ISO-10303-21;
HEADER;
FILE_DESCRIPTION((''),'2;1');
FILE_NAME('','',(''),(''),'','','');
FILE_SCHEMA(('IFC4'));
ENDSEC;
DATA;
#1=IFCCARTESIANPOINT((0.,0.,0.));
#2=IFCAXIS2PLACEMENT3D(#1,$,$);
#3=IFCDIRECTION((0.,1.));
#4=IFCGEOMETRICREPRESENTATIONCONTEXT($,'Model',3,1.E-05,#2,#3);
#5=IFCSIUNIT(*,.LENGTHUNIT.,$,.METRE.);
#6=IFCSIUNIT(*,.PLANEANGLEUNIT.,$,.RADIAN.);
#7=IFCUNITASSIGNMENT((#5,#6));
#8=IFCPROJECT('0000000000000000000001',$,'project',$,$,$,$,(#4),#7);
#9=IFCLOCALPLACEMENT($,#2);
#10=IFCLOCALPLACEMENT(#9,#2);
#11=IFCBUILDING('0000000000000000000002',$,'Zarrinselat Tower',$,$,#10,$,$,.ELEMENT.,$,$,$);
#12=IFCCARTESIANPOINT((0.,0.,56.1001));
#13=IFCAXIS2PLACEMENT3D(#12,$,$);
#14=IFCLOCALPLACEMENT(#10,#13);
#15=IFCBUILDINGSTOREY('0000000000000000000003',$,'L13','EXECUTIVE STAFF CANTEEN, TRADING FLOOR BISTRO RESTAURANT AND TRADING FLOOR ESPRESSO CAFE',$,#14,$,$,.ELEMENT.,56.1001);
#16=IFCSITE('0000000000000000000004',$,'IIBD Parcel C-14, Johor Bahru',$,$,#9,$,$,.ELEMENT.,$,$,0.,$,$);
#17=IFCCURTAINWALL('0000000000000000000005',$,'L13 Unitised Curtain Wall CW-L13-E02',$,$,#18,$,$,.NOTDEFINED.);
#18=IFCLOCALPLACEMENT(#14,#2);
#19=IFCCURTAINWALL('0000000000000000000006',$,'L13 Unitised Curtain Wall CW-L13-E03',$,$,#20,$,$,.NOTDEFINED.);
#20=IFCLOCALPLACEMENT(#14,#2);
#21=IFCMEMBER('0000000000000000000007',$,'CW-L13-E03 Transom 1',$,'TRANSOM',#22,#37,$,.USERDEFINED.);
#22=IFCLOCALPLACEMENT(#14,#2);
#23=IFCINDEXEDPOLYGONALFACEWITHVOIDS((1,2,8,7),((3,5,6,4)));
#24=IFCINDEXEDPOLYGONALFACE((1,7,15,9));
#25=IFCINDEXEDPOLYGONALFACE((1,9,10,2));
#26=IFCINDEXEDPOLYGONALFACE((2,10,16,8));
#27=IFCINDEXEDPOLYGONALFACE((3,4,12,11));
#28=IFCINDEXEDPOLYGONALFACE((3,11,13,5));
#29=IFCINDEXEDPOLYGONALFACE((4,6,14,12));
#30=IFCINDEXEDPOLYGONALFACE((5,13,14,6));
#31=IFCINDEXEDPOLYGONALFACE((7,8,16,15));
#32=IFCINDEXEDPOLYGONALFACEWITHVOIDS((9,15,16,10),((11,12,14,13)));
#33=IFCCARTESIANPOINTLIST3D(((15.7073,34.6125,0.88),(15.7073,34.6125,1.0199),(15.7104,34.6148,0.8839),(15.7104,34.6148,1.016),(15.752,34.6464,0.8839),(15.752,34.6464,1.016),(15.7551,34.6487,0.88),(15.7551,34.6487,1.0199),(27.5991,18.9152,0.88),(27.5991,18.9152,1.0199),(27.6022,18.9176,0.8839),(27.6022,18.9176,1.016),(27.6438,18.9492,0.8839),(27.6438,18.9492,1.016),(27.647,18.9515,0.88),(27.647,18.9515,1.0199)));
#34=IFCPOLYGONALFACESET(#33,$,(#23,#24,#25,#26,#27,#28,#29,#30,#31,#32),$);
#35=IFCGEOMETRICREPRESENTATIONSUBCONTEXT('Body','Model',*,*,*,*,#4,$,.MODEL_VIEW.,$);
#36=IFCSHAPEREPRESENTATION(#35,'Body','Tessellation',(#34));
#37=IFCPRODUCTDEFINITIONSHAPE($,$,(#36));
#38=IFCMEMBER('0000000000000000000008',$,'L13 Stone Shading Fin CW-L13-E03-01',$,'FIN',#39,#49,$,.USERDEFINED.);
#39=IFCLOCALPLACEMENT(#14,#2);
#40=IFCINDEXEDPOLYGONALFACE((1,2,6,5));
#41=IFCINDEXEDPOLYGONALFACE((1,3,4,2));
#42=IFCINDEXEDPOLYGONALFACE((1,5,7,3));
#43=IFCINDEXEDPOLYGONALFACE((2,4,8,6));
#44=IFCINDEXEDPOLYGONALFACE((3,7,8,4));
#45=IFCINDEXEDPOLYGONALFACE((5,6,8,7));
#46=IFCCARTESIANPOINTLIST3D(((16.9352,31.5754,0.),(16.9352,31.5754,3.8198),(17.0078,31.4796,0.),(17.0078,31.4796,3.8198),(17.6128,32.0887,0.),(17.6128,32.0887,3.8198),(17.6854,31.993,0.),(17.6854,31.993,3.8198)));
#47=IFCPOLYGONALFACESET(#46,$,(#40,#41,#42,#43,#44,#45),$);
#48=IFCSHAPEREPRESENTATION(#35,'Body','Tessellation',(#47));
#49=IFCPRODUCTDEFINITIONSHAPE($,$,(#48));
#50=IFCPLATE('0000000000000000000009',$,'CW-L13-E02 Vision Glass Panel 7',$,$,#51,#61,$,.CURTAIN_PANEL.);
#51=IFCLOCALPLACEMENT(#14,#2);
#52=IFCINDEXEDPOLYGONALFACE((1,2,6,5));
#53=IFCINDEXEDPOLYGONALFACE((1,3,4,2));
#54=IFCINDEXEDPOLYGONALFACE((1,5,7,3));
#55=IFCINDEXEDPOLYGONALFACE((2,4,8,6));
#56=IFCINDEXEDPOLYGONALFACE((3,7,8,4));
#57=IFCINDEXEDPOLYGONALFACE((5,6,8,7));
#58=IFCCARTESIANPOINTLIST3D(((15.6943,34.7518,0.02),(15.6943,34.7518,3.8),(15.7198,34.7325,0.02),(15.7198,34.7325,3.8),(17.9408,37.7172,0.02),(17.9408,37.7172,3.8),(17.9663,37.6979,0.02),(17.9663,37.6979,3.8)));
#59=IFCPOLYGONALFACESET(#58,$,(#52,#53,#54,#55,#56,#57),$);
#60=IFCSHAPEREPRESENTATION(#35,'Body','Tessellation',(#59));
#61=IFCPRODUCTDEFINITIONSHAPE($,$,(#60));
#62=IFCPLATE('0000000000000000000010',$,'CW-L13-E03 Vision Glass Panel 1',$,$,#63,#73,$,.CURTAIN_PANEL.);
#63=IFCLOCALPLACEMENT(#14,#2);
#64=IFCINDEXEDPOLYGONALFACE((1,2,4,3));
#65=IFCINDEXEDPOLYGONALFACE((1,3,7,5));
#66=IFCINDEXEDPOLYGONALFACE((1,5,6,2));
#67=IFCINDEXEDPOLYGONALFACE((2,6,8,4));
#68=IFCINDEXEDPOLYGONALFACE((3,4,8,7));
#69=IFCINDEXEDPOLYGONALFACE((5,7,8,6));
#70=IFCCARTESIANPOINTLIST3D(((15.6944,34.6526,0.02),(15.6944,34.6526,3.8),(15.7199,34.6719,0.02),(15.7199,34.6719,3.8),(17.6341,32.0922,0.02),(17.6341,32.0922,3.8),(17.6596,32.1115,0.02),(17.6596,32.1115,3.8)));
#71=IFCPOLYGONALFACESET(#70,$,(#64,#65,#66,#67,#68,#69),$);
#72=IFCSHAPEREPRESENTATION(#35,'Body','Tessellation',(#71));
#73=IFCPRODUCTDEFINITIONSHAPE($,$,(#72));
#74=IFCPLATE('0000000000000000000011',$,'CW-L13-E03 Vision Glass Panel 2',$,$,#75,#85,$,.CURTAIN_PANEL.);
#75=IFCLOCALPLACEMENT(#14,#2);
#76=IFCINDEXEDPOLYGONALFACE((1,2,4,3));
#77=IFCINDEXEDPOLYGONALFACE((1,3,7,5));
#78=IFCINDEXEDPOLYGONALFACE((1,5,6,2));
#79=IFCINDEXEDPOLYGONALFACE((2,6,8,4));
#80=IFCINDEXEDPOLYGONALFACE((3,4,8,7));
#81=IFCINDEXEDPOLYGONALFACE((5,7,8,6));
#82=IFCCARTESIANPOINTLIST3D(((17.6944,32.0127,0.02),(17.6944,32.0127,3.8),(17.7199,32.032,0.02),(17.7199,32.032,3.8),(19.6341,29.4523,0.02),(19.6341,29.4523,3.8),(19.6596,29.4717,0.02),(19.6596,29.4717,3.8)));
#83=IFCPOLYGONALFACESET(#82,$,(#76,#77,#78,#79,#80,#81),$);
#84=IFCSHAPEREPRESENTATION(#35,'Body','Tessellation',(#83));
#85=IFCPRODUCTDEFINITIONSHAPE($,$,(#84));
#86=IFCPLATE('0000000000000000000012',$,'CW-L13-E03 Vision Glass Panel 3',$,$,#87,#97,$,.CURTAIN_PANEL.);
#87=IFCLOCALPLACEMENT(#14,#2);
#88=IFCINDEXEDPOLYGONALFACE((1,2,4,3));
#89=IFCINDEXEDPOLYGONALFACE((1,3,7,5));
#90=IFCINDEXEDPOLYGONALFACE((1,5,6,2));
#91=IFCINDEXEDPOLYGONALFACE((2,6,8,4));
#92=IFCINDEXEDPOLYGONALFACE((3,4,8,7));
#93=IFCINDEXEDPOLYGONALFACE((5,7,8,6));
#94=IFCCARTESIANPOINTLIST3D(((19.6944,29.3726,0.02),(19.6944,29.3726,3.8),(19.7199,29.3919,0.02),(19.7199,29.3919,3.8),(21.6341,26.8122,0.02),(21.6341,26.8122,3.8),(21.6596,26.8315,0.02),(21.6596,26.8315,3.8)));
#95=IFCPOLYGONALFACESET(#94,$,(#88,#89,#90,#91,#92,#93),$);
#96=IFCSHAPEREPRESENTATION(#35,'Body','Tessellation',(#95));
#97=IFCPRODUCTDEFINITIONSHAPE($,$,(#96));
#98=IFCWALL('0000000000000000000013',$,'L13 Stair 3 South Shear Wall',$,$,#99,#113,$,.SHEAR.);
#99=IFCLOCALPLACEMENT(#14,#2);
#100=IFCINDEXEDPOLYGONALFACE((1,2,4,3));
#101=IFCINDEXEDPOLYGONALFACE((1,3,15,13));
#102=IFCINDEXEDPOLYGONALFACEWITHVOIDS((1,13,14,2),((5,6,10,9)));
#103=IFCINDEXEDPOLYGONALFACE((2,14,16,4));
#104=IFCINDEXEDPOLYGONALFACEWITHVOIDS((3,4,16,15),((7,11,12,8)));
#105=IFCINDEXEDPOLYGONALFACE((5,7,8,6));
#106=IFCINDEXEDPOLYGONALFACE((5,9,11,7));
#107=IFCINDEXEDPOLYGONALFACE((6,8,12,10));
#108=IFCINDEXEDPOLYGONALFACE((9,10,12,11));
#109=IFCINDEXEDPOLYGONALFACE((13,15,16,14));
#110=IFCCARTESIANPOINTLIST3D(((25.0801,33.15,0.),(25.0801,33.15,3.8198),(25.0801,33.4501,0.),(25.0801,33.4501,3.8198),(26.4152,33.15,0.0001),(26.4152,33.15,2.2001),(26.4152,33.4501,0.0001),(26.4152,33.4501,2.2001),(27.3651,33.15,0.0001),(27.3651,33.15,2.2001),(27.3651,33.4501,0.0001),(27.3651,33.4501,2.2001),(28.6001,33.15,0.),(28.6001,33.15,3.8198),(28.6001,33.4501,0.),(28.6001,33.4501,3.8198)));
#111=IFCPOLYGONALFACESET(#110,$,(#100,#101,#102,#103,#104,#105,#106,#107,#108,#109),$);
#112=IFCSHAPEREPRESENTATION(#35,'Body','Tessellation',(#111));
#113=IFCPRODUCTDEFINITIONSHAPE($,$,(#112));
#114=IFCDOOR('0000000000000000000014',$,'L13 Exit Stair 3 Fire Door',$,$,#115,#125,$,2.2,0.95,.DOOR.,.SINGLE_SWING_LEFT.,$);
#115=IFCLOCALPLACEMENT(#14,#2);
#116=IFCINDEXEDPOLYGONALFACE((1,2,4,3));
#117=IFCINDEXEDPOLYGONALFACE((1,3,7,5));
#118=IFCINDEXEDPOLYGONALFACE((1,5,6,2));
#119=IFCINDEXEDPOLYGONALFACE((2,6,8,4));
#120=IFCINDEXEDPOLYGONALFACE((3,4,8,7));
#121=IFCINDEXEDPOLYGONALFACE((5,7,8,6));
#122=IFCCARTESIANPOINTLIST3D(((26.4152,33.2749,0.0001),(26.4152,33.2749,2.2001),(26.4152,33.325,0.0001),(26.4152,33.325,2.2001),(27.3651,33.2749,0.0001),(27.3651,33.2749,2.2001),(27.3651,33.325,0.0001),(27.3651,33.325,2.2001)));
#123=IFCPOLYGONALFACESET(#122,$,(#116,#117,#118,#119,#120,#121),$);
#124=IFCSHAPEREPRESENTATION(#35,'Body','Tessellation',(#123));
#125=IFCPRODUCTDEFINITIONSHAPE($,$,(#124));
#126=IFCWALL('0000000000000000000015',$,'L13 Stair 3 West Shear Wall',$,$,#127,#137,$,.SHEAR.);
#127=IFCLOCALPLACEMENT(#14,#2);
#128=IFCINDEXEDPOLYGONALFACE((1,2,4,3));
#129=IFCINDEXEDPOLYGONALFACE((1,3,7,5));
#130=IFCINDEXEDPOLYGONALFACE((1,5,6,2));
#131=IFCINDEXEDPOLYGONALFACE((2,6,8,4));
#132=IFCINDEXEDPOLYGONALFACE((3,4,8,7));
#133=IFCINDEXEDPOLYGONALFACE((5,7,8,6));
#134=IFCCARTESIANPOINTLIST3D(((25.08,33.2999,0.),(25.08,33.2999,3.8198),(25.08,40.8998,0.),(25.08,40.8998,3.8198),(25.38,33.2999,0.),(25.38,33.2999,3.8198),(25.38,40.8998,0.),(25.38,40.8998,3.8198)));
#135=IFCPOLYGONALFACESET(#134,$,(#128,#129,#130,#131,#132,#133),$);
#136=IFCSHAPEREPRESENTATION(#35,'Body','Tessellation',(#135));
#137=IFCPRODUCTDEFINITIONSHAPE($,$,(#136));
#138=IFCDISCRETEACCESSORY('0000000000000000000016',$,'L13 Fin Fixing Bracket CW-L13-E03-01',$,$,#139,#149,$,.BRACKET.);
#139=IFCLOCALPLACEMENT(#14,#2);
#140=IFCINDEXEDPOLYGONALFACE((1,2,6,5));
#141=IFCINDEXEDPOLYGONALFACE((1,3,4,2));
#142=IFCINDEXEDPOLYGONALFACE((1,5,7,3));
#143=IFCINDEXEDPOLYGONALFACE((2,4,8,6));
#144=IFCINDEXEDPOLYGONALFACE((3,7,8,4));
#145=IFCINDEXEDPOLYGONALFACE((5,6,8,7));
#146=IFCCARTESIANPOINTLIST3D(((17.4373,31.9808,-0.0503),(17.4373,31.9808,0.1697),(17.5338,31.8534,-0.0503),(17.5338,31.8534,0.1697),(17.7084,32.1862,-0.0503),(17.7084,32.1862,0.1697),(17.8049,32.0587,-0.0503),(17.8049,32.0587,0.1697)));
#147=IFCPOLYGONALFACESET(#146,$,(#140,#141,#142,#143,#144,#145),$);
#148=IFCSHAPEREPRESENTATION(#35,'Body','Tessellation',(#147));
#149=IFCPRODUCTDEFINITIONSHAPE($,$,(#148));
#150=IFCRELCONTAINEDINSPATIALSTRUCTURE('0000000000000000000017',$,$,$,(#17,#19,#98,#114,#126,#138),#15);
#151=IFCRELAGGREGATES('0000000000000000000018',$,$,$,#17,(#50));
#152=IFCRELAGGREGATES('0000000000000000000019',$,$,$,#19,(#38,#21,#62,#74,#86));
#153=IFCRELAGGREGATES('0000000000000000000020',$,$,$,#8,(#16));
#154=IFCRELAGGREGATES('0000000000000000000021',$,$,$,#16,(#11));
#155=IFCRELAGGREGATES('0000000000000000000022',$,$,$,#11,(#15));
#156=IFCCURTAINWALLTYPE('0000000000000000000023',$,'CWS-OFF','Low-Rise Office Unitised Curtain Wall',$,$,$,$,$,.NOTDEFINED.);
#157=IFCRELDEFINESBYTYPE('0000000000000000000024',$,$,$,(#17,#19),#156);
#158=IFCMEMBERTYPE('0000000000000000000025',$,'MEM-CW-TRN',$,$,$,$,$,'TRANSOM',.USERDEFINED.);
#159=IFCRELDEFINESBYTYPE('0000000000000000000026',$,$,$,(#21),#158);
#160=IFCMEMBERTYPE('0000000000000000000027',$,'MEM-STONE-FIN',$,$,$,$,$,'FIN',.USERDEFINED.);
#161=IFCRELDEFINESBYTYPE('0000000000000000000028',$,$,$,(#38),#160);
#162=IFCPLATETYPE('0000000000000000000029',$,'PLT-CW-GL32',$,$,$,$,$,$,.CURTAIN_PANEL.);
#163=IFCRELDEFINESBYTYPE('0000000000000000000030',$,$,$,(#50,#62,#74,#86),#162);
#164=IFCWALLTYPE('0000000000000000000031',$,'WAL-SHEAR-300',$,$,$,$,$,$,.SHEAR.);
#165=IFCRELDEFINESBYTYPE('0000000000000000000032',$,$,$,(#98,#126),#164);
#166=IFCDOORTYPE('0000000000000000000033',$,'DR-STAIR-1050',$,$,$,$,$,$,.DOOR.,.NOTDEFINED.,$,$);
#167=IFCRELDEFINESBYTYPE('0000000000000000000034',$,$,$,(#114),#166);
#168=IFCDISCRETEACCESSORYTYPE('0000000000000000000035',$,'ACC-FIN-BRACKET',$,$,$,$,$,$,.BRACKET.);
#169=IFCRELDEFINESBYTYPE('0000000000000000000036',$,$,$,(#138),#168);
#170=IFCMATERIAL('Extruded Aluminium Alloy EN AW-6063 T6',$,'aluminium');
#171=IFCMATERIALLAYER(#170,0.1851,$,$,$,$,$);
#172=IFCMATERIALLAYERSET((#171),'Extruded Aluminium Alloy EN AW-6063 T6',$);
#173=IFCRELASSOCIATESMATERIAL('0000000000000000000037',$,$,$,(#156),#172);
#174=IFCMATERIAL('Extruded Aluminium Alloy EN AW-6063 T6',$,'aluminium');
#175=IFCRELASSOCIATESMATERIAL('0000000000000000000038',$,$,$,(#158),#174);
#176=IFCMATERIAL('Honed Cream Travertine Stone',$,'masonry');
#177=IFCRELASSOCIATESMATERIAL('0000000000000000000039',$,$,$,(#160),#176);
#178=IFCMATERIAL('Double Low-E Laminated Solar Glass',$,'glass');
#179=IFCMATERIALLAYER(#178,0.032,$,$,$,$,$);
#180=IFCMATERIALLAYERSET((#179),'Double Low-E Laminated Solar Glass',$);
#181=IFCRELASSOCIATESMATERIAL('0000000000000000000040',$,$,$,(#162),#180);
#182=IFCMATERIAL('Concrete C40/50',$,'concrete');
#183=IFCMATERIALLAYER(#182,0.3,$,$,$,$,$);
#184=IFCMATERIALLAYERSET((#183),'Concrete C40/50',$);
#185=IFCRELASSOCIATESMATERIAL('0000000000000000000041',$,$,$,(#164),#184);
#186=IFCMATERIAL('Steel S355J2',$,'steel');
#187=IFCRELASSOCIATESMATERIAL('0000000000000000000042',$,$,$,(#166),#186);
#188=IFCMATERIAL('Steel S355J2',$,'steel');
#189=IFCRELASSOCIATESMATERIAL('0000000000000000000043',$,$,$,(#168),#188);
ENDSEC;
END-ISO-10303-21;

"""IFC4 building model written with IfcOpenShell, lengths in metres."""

from ifc_helpers import new_model, si_unit, direction, frame, frame_2d, origin, origin_2d, place, context, subcontext, project, spatial, rectangle, hollow_rectangle, extrude, material, layer, layer_set, material_profile, profile_set, type_object, element, fill, aggregate, save


model = new_model("IFC4")

# Units and contexts
model_context = context("Model", 3, precision=1e-05, world=origin(), true_north=direction((0.0, 1.0)))
body_context = subcontext(model_context, "Body", "Model", "MODEL_VIEW")
ifc_project = project(units=[si_unit("LENGTHUNIT", "METRE"), si_unit("PLANEANGLEUNIT", "RADIAN")], contexts=[model_context])

# Site, building, storey
site_placement = place(None, origin())
site = spatial("IfcSite", under=ifc_project, at=site_placement, Name="IIBD Parcel C-14, Johor Bahru", CompositionType="ELEMENT", RefElevation=0.0)
building_placement = place(site_placement, origin())
building = spatial("IfcBuilding", under=site, at=building_placement, Name="Zarrinselat Tower", CompositionType="ELEMENT")
storey_placement = place(building_placement, frame((0.0, 0.0, 56.1001)))
storey = spatial("IfcBuildingStorey", under=building, at=storey_placement, Name="L13", Description="EXECUTIVE STAFF CANTEEN, TRADING FLOOR BISTRO RESTAURANT AND TRADING FLOOR ESPRESSO CAFE", CompositionType="ELEMENT", Elevation=56.1001)

# Curtain wall
ifc_material_1 = material(Name="Extruded Aluminium Alloy EN AW-6063 T6", Category="aluminium")
ifc_layer_1 = layer(ifc_material_1, 0.1851)
ifc_layer_set_1 = layer_set([ifc_layer_1], Name="Extruded Aluminium Alloy EN AW-6063 T6")
curtain_wall_type = type_object("IfcCurtainWallType", Name="CWS-OFF", Description="Low-Rise Office Unitised Curtain Wall", PredefinedType="NOTDEFINED", material=ifc_layer_set_1)
curtain_wall_1_placement = place(storey_placement, origin())
curtain_wall_1 = element("IfcCurtainWall", 1, at=curtain_wall_1_placement, inside=storey, type_object=curtain_wall_type, Name="L13 Unitised Curtain Wall CW-L13-E02", PredefinedType="NOTDEFINED")

# Curtain wall, members
curtain_wall_2_placement = place(storey_placement, origin())
curtain_wall_2 = element("IfcCurtainWall", 2, at=curtain_wall_2_placement, inside=storey, type_object=curtain_wall_type, Name="L13 Unitised Curtain Wall CW-L13-E03", PredefinedType="NOTDEFINED")
ifc_material_2 = material(Name="Extruded Aluminium Alloy EN AW-6063 T6", Category="aluminium")
ifc_material_profile_1 = material_profile(ifc_material_2, hollow_rectangle(XDim=0.0601, YDim=0.1399, WallThickness=0.0039, at=origin_2d()), Name="RHS 140x60x4")
ifc_profile_set_1 = profile_set([ifc_material_profile_1], Name="Extruded Aluminium Alloy EN AW-6063 T6")
member_type_1 = type_object("IfcMemberType", Name="MEM-CW-TRN", ElementType="TRANSOM", PredefinedType="USERDEFINED", material=ifc_profile_set_1)
member_1_placement = place(storey_placement, frame((15.7312, 34.6306, 0.95), z_axis=(0.603857, -0.797093, 0.0), x_axis=(0.797093, 0.603857, 0.0)))
member_1 = element("IfcMember", 3, at=member_1_placement, type_object=member_type_1, Name="CW-L13-E03 Transom 1", ObjectType="TRANSOM", PredefinedType="USERDEFINED", context=body_context, shape_type="SweptSolid", body=[
    extrude(hollow_rectangle(XDim=0.0601, YDim=0.1399, WallThickness=0.0039, at=origin_2d()), origin(), (0.0, 0.0, 1.0), 19.6931),
])
ifc_material_3 = material(Name="Honed Cream Travertine Stone", Category="masonry")
ifc_material_profile_2 = material_profile(ifc_material_3, rectangle(XDim=0.1201, YDim=0.8501, at=origin_2d()), Name="FIN 850x120")
ifc_profile_set_2 = profile_set([ifc_material_profile_2], Name="Honed Cream Travertine Stone")
member_type_2 = type_object("IfcMemberType", Name="MEM-STONE-FIN", ElementType="FIN", PredefinedType="USERDEFINED", material=ifc_profile_set_2)
member_2_placement = place(storey_placement, frame((17.3103, 31.7842, 0.0), z_axis=(0.0, 0.0, 1.0), x_axis=(-0.603862, 0.797089, 0.0)))
member_2 = element("IfcMember", 4, at=member_2_placement, type_object=member_type_2, Name="L13 Stone Shading Fin CW-L13-E03-01", ObjectType="FIN", PredefinedType="USERDEFINED", context=body_context, shape_type="SweptSolid", body=[
    extrude(rectangle(XDim=0.1201, YDim=0.8501, at=origin_2d()), origin(), (0.0, 0.0, 1.0), 3.8198),
])

# Plates
ifc_material_4 = material(Name="Double Low-E Laminated Solar Glass", Category="glass")
ifc_layer_2 = layer(ifc_material_4, 0.032)
ifc_layer_set_2 = layer_set([ifc_layer_2], Name="Double Low-E Laminated Solar Glass")
plate_type = type_object("IfcPlateType", Name="PLT-CW-GL32", PredefinedType="CURTAIN_PANEL", material=ifc_layer_set_2)
plate_1_placement = place(storey_placement, frame((16.8303, 36.2249, 0.02), z_axis=(0.0, 0.0, 1.0), x_axis=(-0.60386, -0.797091, 0.0)))
plate_1 = element("IfcPlate", 5, at=plate_1_placement, type_object=plate_type, Name="CW-L13-E02 Vision Glass Panel 7", PredefinedType="CURTAIN_PANEL", context=body_context, shape_type="SweptSolid", body=[
    extrude(rectangle(XDim=3.7202, YDim=0.032, at=origin_2d()), origin(), (0.0, 0.0, 1.0), 3.78),
])
aggregate(curtain_wall_1, [plate_1])
plate_2_placement = place(storey_placement, frame((16.677, 33.3821, 0.02), z_axis=(0.0, 0.0, 1.0), x_axis=(0.603862, -0.797089, 0.0)))
plate_2 = element("IfcPlate", 6, at=plate_2_placement, type_object=plate_type, Name="CW-L13-E03 Vision Glass Panel 1", PredefinedType="CURTAIN_PANEL", context=body_context, shape_type="SweptSolid", body=[
    extrude(rectangle(XDim=3.2122, YDim=0.032, at=origin_2d()), origin(), (0.0, 0.0, 1.0), 3.78),
])
plate_3_placement = place(storey_placement, frame((18.677, 30.7422, 0.02), z_axis=(0.0, 0.0, 1.0), x_axis=(0.603862, -0.797089, 0.0)))
plate_3 = element("IfcPlate", 7, at=plate_3_placement, type_object=plate_type, Name="CW-L13-E03 Vision Glass Panel 2", PredefinedType="CURTAIN_PANEL", context=body_context, shape_type="SweptSolid", body=[
    extrude(rectangle(XDim=3.2122, YDim=0.032, at=origin_2d()), origin(), (0.0, 0.0, 1.0), 3.78),
])
plate_4_placement = place(storey_placement, frame((20.677, 28.1021, 0.02), z_axis=(0.0, 0.0, 1.0), x_axis=(0.603862, -0.797089, 0.0)))
plate_4 = element("IfcPlate", 8, at=plate_4_placement, type_object=plate_type, Name="CW-L13-E03 Vision Glass Panel 3", PredefinedType="CURTAIN_PANEL", context=body_context, shape_type="SweptSolid", body=[
    extrude(rectangle(XDim=3.2122, YDim=0.032, at=origin_2d()), origin(), (0.0, 0.0, 1.0), 3.78),
])
aggregate(curtain_wall_2, [member_2, member_1, plate_2, plate_3, plate_4])

# Wall, opening, door
ifc_material_5 = material(Name="Concrete C40/50", Category="concrete")
ifc_layer_3 = layer(ifc_material_5, 0.3)
ifc_layer_set_3 = layer_set([ifc_layer_3], Name="Concrete C40/50")
wall_type = type_object("IfcWallType", Name="WAL-SHEAR-300", PredefinedType="SHEAR", material=ifc_layer_set_3)
wall_1_placement = place(storey_placement, frame((25.0801, 33.3, 0.0), z_axis=(0.0, 0.0, 1.0), x_axis=(1.0, 0.0, 0.0)))
wall_1 = element("IfcWall", 9, at=wall_1_placement, inside=storey, type_object=wall_type, Name="L13 Stair 3 South Shear Wall", PredefinedType="SHEAR", context=body_context, shape_type="SweptSolid", body=[
    extrude(rectangle(XDim=3.52, YDim=0.3, at=frame_2d((1.76, 0.0))), origin(), (0.0, 0.0, 1.0), 3.8198),
])
opening_placement = place(wall_1_placement, frame((1.335, 0.0, 0.0)))
opening = element("IfcOpeningElement", 10, at=opening_placement, cuts=wall_1, PredefinedType="OPENING", context=body_context, shape_type="SweptSolid", body=[
    extrude(rectangle(XDim=0.95, YDim=2.2, at=frame_2d((0.4751, 1.1001))), frame((0.0, 0.1599, 0.0), z_axis=(0.0, -1.0, 0.0), x_axis=(1.0, 0.0, 0.0)), (0.0, 0.0, 1.0), 0.3201),
])
ifc_material_6 = material(Name="Steel S355J2", Category="steel")
door_type = type_object("IfcDoorType", Name="DR-STAIR-1050", OperationType="NOTDEFINED", PredefinedType="DOOR", material=ifc_material_6)
door_placement = place(opening_placement, origin())
door = element("IfcDoor", 11, at=door_placement, inside=storey, type_object=door_type, Name="L13 Exit Stair 3 Fire Door", OperationType="SINGLE_SWING_LEFT", OverallHeight=2.2, OverallWidth=0.95, PredefinedType="DOOR", context=body_context, shape_type="SweptSolid", body=[
    extrude(rectangle(XDim=0.95, YDim=2.2, at=frame_2d((0.4751, 1.1001))), frame((0.0, 0.0249, 0.0), z_axis=(0.0, -1.0, 0.0), x_axis=(1.0, 0.0, 0.0)), (0.0, 0.0, 1.0), 0.05),
])
fill(opening, door)

# Wall
wall_2_placement = place(storey_placement, frame((25.23, 33.3, 0.0), z_axis=(0.0, 0.0, 1.0), x_axis=(0.0, 1.0, 0.0)))
element("IfcWall", 12, at=wall_2_placement, inside=storey, type_object=wall_type, Name="L13 Stair 3 West Shear Wall", PredefinedType="SHEAR", context=body_context, shape_type="SweptSolid", body=[
    extrude(rectangle(XDim=7.5999, YDim=0.3, at=frame_2d((3.7998, 0.0))), origin(), (0.0, 0.0, 1.0), 3.8198),
])

# Discrete accessory
ifc_material_7 = material(Name="Steel S355J2", Category="steel")
discrete_accessory_type = type_object("IfcDiscreteAccessoryType", Name="ACC-FIN-BRACKET", PredefinedType="BRACKET", material=ifc_material_7)
discrete_accessory_placement = place(storey_placement, frame((17.6211, 32.0198, -0.0503), z_axis=(0.0, 0.0, 1.0), x_axis=(-0.797089, -0.603862, 0.0)))
element("IfcDiscreteAccessory", 13, at=discrete_accessory_placement, inside=storey, type_object=discrete_accessory_type, Name="L13 Fin Fixing Bracket CW-L13-E03-01", PredefinedType="BRACKET", context=body_context, shape_type="SweptSolid", body=[
    extrude(rectangle(XDim=0.3401, YDim=0.1599, at=origin_2d()), origin(), (0.0, 0.0, 1.0), 0.22),
])

save(model, "model.ifc")
